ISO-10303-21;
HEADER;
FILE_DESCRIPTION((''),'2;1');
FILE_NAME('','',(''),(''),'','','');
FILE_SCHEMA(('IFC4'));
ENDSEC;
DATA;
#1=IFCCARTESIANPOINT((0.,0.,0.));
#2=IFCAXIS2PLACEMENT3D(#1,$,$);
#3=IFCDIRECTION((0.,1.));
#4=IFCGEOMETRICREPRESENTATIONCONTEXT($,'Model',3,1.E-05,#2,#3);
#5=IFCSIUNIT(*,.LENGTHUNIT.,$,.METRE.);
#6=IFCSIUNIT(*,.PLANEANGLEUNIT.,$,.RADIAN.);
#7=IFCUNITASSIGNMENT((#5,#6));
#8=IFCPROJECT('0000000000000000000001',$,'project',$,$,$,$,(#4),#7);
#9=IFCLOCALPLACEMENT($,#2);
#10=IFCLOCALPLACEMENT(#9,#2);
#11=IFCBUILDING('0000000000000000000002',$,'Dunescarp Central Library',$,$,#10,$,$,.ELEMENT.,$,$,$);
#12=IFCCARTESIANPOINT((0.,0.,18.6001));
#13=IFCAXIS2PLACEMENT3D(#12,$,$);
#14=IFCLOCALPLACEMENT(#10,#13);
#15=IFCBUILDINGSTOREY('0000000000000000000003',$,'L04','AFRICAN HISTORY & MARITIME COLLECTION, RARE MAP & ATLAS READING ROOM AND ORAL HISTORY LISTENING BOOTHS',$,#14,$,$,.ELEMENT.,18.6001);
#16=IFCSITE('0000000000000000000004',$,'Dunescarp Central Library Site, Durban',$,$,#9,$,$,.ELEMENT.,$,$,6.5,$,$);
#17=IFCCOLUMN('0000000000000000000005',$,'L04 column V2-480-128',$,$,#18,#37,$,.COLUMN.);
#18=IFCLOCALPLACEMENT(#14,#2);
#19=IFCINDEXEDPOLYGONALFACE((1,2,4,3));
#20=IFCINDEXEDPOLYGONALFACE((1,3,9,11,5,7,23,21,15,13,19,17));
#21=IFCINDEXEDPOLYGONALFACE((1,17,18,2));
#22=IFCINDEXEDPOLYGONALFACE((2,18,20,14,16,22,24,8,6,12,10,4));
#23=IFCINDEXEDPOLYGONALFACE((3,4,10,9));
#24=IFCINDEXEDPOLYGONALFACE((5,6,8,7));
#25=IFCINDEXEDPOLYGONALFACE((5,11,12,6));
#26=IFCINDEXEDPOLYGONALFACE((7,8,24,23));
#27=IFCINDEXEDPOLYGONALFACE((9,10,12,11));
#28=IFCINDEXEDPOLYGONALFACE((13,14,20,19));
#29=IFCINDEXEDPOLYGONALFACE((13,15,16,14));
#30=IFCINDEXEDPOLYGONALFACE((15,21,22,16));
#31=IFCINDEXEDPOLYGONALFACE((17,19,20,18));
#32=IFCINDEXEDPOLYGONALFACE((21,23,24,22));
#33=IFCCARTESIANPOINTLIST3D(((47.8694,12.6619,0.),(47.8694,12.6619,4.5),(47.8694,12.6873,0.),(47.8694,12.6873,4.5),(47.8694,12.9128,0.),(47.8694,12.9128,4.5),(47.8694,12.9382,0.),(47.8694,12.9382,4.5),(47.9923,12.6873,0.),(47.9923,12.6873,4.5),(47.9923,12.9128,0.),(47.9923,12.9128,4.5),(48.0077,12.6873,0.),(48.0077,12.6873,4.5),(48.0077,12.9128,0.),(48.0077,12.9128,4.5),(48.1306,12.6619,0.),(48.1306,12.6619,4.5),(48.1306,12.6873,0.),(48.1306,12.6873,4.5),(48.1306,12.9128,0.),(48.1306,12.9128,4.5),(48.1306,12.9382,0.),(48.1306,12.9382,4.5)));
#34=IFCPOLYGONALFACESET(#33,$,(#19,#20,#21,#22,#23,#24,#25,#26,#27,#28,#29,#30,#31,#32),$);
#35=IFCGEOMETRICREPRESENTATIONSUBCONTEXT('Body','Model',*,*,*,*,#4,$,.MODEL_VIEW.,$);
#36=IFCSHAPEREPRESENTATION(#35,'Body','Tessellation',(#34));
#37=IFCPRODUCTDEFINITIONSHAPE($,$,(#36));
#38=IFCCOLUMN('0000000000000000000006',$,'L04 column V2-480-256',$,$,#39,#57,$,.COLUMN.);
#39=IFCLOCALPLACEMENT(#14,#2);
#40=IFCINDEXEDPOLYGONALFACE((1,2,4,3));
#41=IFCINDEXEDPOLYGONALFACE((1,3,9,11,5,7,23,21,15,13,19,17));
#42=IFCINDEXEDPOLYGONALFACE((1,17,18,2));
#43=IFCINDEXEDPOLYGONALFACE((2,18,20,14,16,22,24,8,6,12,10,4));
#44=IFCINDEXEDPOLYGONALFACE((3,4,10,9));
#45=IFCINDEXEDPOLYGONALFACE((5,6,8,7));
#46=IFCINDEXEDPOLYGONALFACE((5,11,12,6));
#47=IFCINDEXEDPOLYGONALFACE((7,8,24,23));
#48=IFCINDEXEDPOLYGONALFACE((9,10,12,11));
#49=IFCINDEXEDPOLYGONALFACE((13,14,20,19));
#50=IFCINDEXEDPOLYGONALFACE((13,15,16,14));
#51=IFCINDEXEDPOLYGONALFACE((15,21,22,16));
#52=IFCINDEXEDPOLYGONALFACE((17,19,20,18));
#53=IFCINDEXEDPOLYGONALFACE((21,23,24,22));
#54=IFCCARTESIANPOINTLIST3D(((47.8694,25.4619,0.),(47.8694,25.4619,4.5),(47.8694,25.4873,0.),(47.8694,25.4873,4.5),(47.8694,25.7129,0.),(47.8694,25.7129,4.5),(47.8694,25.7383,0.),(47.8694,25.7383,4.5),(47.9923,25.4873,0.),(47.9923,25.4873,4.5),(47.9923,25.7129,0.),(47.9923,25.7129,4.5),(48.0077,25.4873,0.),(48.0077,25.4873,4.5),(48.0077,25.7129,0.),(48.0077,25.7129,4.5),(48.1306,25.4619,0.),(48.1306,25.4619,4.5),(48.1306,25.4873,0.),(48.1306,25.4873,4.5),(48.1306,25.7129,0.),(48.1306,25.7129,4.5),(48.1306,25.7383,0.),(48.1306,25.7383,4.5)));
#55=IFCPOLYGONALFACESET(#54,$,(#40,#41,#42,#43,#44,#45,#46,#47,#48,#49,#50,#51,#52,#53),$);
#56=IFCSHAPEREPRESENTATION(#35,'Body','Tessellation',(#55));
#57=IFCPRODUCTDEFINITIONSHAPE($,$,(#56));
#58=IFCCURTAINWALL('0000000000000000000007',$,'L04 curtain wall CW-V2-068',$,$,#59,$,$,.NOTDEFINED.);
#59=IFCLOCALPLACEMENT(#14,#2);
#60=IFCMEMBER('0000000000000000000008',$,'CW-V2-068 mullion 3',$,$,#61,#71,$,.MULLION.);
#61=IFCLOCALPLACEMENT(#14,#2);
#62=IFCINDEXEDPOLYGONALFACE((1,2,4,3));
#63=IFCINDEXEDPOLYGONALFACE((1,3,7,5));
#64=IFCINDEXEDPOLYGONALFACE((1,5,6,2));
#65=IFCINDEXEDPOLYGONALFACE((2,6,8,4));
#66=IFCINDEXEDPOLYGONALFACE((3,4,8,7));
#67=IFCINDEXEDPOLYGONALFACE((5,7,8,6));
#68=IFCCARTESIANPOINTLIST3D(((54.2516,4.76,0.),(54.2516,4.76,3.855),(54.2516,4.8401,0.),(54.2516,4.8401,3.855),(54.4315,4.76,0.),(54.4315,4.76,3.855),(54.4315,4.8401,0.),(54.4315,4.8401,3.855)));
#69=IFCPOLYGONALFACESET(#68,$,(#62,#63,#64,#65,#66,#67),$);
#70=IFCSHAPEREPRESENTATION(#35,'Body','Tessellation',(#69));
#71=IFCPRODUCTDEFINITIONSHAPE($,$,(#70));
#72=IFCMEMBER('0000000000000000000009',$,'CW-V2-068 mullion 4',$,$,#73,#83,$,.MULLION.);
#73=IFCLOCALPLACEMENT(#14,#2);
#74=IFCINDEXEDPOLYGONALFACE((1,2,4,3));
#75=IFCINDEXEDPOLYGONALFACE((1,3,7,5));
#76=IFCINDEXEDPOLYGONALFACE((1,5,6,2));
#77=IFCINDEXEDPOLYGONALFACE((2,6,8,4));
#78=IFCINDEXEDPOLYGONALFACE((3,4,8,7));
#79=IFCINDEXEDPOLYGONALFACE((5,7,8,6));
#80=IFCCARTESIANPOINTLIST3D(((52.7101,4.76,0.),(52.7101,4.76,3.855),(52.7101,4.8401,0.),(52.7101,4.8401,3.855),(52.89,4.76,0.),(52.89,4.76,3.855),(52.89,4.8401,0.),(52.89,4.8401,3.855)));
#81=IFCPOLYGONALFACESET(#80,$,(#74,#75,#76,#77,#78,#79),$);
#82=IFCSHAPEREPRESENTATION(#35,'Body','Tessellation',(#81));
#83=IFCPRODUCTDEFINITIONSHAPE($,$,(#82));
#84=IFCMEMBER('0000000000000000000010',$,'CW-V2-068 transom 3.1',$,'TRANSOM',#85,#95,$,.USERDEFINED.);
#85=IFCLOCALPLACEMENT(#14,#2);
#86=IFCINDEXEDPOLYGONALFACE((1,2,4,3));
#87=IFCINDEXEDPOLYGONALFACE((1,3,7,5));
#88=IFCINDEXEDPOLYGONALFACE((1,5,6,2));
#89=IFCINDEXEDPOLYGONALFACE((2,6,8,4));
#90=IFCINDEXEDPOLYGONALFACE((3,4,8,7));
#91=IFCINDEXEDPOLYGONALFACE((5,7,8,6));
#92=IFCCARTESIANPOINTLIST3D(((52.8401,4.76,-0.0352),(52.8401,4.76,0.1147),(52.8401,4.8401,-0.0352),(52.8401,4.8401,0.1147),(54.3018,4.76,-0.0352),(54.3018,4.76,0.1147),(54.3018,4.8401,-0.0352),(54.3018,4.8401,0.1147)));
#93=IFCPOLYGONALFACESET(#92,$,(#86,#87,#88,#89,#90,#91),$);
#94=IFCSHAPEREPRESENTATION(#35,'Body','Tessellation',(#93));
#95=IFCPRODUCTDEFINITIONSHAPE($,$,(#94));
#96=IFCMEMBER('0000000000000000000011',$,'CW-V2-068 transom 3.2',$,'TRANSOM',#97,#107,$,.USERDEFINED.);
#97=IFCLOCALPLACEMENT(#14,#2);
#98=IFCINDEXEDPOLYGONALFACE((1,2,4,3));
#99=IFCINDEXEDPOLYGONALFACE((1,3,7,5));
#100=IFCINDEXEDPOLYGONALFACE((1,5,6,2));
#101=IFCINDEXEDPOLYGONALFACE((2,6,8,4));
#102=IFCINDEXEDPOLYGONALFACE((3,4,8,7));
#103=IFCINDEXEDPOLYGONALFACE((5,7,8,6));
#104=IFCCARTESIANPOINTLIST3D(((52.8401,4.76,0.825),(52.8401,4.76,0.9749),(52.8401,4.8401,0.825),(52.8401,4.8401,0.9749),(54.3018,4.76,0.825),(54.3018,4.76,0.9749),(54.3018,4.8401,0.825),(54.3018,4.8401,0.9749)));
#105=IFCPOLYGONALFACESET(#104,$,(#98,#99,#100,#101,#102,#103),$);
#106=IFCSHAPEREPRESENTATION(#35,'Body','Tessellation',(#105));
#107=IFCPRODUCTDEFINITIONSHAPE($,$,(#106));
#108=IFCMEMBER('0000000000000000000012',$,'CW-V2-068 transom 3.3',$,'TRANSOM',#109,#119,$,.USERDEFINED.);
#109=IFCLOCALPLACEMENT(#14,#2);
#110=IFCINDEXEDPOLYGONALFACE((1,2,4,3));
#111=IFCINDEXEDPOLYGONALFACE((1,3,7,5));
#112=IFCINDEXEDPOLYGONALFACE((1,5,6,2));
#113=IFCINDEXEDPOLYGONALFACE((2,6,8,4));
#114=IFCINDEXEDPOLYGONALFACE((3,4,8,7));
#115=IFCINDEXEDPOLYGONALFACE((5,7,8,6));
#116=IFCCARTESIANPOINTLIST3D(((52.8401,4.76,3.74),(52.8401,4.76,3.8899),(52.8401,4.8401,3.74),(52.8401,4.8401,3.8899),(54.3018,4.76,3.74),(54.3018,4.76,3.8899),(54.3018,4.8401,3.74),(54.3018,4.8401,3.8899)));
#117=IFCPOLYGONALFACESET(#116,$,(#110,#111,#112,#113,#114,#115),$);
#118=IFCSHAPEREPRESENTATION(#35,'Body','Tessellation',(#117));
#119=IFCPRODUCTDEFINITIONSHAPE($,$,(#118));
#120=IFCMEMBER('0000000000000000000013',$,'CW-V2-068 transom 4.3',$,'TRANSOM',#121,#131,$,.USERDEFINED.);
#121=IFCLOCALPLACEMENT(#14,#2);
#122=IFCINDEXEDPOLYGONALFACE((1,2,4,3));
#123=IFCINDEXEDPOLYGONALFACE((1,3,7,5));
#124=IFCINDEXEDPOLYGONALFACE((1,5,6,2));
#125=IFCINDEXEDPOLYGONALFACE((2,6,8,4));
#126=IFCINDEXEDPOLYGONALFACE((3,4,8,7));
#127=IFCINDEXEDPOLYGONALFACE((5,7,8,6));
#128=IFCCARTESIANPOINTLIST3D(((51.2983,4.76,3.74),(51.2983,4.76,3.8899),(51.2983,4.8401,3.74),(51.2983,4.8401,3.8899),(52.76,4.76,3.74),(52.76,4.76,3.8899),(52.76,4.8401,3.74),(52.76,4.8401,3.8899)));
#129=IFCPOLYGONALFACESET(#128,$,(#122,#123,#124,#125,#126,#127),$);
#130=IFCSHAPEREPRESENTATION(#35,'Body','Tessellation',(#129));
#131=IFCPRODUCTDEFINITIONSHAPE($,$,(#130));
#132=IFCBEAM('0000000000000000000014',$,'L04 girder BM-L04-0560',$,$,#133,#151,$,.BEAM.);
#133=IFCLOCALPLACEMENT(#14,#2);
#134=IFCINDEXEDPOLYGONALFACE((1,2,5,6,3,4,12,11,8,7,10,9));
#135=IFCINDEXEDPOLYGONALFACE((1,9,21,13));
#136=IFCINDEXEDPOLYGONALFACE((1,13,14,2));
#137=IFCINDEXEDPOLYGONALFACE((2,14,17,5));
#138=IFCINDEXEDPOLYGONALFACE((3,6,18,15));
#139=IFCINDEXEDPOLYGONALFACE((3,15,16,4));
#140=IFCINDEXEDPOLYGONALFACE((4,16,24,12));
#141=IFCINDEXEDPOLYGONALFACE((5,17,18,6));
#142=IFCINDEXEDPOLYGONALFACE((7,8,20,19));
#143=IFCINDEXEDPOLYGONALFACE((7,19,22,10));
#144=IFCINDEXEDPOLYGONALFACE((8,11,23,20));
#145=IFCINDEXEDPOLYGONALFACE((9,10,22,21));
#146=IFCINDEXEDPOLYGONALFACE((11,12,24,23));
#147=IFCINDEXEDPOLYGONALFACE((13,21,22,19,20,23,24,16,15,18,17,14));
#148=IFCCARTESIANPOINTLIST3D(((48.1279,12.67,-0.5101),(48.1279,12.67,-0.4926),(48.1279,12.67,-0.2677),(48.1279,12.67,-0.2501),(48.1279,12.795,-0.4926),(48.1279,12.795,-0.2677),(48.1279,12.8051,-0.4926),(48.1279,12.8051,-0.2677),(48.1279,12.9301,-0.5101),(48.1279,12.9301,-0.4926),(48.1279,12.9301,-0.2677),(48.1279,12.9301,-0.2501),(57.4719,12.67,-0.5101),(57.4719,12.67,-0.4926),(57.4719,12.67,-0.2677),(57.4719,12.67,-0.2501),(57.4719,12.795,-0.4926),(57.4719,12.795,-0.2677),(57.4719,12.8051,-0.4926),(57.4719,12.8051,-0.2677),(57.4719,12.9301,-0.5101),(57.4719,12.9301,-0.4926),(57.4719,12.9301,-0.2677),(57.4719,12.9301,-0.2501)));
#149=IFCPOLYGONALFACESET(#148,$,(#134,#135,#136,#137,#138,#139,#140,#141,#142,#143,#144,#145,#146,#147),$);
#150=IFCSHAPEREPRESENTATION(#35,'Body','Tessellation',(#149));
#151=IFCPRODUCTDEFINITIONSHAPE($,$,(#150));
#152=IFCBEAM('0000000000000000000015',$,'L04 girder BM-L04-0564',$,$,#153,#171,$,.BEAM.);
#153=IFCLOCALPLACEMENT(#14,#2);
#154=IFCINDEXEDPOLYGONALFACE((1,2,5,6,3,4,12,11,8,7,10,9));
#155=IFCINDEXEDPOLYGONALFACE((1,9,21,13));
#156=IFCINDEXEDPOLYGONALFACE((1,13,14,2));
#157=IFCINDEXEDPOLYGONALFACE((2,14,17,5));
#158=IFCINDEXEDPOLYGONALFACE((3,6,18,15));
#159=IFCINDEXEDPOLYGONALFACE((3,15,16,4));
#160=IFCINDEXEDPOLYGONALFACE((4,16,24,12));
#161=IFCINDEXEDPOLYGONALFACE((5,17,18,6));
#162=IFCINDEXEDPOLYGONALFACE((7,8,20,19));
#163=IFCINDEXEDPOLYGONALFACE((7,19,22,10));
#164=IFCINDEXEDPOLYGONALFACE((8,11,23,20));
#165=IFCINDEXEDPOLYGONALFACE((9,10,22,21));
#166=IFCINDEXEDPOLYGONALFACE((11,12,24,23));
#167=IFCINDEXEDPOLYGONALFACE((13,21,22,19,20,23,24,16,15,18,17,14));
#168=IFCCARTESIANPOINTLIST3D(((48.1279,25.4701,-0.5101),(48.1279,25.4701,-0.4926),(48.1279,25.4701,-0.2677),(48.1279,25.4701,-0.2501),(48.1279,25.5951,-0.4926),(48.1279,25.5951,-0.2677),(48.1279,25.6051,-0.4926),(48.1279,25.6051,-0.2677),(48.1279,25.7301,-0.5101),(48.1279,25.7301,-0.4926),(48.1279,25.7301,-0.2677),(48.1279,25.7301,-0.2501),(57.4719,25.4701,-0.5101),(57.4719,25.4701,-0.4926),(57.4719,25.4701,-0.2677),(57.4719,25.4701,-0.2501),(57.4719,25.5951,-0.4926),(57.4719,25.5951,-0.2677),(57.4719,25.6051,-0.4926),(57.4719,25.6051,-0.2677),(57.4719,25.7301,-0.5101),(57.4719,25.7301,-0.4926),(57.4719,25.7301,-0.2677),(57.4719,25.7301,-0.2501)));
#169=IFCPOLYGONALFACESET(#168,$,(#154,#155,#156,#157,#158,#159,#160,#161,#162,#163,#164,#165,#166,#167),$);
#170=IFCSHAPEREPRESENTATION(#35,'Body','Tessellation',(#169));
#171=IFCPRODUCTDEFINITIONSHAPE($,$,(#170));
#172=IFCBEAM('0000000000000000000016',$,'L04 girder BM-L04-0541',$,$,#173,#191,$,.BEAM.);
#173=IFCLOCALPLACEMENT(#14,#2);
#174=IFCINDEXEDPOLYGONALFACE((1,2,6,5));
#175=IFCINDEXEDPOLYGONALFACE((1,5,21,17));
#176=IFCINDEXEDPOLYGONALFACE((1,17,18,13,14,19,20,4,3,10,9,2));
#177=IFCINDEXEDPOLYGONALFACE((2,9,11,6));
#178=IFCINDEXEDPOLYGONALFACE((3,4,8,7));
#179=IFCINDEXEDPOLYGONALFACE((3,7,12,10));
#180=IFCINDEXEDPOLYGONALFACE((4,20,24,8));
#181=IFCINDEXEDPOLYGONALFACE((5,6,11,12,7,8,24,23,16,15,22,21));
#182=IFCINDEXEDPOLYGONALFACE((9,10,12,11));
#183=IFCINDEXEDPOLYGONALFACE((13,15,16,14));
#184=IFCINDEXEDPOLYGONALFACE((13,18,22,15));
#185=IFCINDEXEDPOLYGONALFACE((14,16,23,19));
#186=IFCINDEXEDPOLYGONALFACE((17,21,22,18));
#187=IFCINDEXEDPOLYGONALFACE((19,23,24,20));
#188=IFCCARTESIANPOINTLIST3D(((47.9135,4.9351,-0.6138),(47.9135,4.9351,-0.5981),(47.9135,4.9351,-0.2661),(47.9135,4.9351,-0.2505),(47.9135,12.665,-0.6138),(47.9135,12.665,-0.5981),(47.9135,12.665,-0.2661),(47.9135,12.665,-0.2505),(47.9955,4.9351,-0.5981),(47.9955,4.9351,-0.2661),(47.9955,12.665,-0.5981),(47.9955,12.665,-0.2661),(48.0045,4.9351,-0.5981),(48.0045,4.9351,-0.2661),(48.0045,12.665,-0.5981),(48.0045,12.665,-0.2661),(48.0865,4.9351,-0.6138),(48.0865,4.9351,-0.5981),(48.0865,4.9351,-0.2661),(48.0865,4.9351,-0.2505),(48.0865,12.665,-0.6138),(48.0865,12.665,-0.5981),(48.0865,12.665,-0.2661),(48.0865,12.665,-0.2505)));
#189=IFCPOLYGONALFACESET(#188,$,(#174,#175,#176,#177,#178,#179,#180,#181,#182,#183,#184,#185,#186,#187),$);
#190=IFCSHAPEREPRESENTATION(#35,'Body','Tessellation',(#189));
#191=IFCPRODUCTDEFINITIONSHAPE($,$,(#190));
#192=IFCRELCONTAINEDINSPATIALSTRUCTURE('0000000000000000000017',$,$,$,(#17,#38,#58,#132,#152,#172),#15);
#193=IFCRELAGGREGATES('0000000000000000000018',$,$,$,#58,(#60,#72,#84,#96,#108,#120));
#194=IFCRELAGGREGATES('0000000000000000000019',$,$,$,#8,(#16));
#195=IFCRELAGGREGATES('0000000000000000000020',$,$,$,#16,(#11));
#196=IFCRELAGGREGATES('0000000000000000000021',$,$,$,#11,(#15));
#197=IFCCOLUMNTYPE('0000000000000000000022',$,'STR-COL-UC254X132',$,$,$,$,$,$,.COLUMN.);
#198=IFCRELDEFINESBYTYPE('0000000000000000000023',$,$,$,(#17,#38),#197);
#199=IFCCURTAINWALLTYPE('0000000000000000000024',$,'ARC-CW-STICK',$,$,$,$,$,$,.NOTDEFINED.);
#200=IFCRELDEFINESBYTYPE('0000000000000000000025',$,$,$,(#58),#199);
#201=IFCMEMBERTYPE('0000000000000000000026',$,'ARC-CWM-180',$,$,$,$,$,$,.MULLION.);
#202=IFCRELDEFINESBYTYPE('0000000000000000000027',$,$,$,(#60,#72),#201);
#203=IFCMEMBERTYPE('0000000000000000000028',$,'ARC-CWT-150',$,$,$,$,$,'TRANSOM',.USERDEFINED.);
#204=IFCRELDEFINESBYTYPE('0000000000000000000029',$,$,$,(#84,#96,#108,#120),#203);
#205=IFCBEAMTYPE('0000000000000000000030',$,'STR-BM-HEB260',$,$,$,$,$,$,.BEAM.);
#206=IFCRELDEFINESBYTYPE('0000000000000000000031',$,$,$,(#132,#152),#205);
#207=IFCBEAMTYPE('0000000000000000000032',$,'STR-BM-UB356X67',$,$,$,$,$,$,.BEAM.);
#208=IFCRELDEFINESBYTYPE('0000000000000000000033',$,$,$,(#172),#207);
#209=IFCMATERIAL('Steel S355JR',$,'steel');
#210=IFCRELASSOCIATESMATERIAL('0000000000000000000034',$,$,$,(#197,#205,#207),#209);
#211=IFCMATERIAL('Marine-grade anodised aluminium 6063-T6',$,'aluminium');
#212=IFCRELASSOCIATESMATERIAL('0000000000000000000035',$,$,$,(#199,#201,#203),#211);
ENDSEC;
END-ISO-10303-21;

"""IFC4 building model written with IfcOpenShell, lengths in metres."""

from ifc_helpers import new_model, si_unit, direction, frame, origin, origin_2d, place, context, subcontext, project, spatial, rectangle, i_section, extrude, material, material_profile, profile_set, type_object, element, aggregate, save


model = new_model("IFC4")

# Units and contexts
model_context = context("Model", 3, precision=1e-05, world=origin(), true_north=direction((0.0, 1.0)))
body_context = subcontext(model_context, "Body", "Model", "MODEL_VIEW")
ifc_project = project(units=[si_unit("LENGTHUNIT", "METRE"), si_unit("PLANEANGLEUNIT", "RADIAN")], contexts=[model_context])

# Site, building, storey
site_placement = place(None, origin())
site = spatial("IfcSite", under=ifc_project, at=site_placement, Name="Dunescarp Central Library Site, Durban", CompositionType="ELEMENT", RefElevation=6.5)
building_placement = place(site_placement, origin())
building = spatial("IfcBuilding", under=site, at=building_placement, Name="Dunescarp Central Library", CompositionType="ELEMENT")
storey_placement = place(building_placement, frame((0.0, 0.0, 18.6001)))
storey = spatial("IfcBuildingStorey", under=building, at=storey_placement, Name="L04", Description="AFRICAN HISTORY & MARITIME COLLECTION, RARE MAP & ATLAS READING ROOM AND ORAL HISTORY LISTENING BOOTHS", CompositionType="ELEMENT", Elevation=18.6001)

# Columns
ifc_material_1 = material(Name="Steel S355JR", Category="steel")
ifc_material_profile_1 = material_profile(ifc_material_1, i_section(OverallWidth=0.2612, OverallDepth=0.2764, WebThickness=0.0154, FlangeThickness=0.0254, at=origin_2d()), Name="UC 254x254x132")
ifc_profile_set_1 = profile_set([ifc_material_profile_1], Name="Steel S355JR")
column_type = type_object("IfcColumnType", Name="STR-COL-UC254X132", PredefinedType="COLUMN", material=ifc_profile_set_1)
for number, where, z_axis, x_axis, name in (
    (1, (48.0, 12.8, 0.0), (0.0, 0.0, 1.0), (1.0, 0.0, 0.0), "L04 column V2-480-128"),
    (2, (48.0, 25.6001, 0.0), (0.0, 0.0, 1.0), (1.0, 0.0, 0.0), "L04 column V2-480-256"),
):
    element("IfcColumn", number, at=place(storey_placement, frame(where, z_axis=z_axis, x_axis=x_axis)), inside=storey, type_object=column_type, Name=name, PredefinedType="COLUMN", context=body_context, shape_type="SweptSolid", body=[
        extrude(i_section(OverallWidth=0.2612, OverallDepth=0.2764, WebThickness=0.0154, FlangeThickness=0.0254, at=origin_2d()), origin(), (0.0, 0.0, 1.0), 4.5),
    ])

# Curtain wall, members
ifc_material_2 = material(Name="Marine-grade anodised aluminium 6063-T6", Category="aluminium")
curtain_wall_type = type_object("IfcCurtainWallType", Name="ARC-CW-STICK", PredefinedType="NOTDEFINED", material=ifc_material_2)
curtain_wall_placement = place(storey_placement, origin())
curtain_wall = element("IfcCurtainWall", 3, at=curtain_wall_placement, inside=storey, type_object=curtain_wall_type, Name="L04 curtain wall CW-V2-068", PredefinedType="NOTDEFINED")
ifc_material_profile_2 = material_profile(ifc_material_2, rectangle(XDim=0.0801, YDim=0.1799, at=origin_2d()), Name="AL 80x180")
ifc_profile_set_2 = profile_set([ifc_material_profile_2], Name="Marine-grade anodised aluminium 6063-T6")
member_type_1 = type_object("IfcMemberType", Name="ARC-CWM-180", PredefinedType="MULLION", material=ifc_profile_set_2)
member_1_placement = place(storey_placement, frame((54.3416, 4.8, 0.0), z_axis=(0.0, 0.0, 1.0), x_axis=(0.0, -1.0, 0.0)))
member_1 = element("IfcMember", 4, at=member_1_placement, type_object=member_type_1, Name="CW-V2-068 mullion 3", PredefinedType="MULLION", context=body_context, shape_type="SweptSolid", body=[
    extrude(rectangle(XDim=0.0801, YDim=0.1799, at=origin_2d()), origin(), (0.0, 0.0, 1.0), 3.855),
])
member_2_placement = place(storey_placement, frame((52.8, 4.8, 0.0), z_axis=(0.0, 0.0, 1.0), x_axis=(0.0, -1.0, 0.0)))
member_2 = element("IfcMember", 5, at=member_2_placement, type_object=member_type_1, Name="CW-V2-068 mullion 4", PredefinedType="MULLION", context=body_context, shape_type="SweptSolid", body=[
    extrude(rectangle(XDim=0.0801, YDim=0.1799, at=origin_2d()), origin(), (0.0, 0.0, 1.0), 3.855),
])
ifc_material_profile_3 = material_profile(ifc_material_2, rectangle(XDim=0.0801, YDim=0.1499, at=origin_2d()), Name="AL 80x150")
ifc_profile_set_3 = profile_set([ifc_material_profile_3], Name="Marine-grade anodised aluminium 6063-T6")
member_type_2 = type_object("IfcMemberType", Name="ARC-CWT-150", ElementType="TRANSOM", PredefinedType="USERDEFINED", material=ifc_profile_set_3)
member_3_placement = place(storey_placement, frame((54.3018, 4.8, 0.0398), z_axis=(-1.0, 0.0, 0.0), x_axis=(0.0, -1.0, 0.0)))
member_3 = element("IfcMember", 6, at=member_3_placement, type_object=member_type_2, Name="CW-V2-068 transom 3.1", ObjectType="TRANSOM", PredefinedType="USERDEFINED", context=body_context, shape_type="SweptSolid", body=[
    extrude(rectangle(XDim=0.0801, YDim=0.1499, at=origin_2d()), origin(), (0.0, 0.0, 1.0), 1.4617),
])
member_4_placement = place(storey_placement, frame((54.3018, 4.8, 0.8999), z_axis=(-1.0, 0.0, 0.0), x_axis=(0.0, -1.0, 0.0)))
member_4 = element("IfcMember", 7, at=member_4_placement, type_object=member_type_2, Name="CW-V2-068 transom 3.2", ObjectType="TRANSOM", PredefinedType="USERDEFINED", context=body_context, shape_type="SweptSolid", body=[
    extrude(rectangle(XDim=0.0801, YDim=0.1499, at=origin_2d()), origin(), (0.0, 0.0, 1.0), 1.4617),
])
member_5_placement = place(storey_placement, frame((54.3018, 4.8, 3.8149), z_axis=(-1.0, 0.0, 0.0), x_axis=(0.0, -1.0, 0.0)))
member_5 = element("IfcMember", 8, at=member_5_placement, type_object=member_type_2, Name="CW-V2-068 transom 3.3", ObjectType="TRANSOM", PredefinedType="USERDEFINED", context=body_context, shape_type="SweptSolid", body=[
    extrude(rectangle(XDim=0.0801, YDim=0.1499, at=origin_2d()), origin(), (0.0, 0.0, 1.0), 1.4617),
])
member_6_placement = place(storey_placement, frame((52.76, 4.8, 3.8149), z_axis=(-1.0, 0.0, 0.0), x_axis=(0.0, -1.0, 0.0)))
member_6 = element("IfcMember", 9, at=member_6_placement, type_object=member_type_2, Name="CW-V2-068 transom 4.3", ObjectType="TRANSOM", PredefinedType="USERDEFINED", context=body_context, shape_type="SweptSolid", body=[
    extrude(rectangle(XDim=0.0801, YDim=0.1499, at=origin_2d()), origin(), (0.0, 0.0, 1.0), 1.4617),
])

# Beams
ifc_material_profile_4 = material_profile(ifc_material_1, i_section(OverallWidth=0.26, OverallDepth=0.26, WebThickness=0.01, FlangeThickness=0.0176, at=origin_2d()), Name="HEB 260")
ifc_profile_set_4 = profile_set([ifc_material_profile_4], Name="Steel S355JR")
beam_type_1 = type_object("IfcBeamType", Name="STR-BM-HEB260", PredefinedType="BEAM", material=ifc_profile_set_4)
for number, where, z_axis, x_axis, name in (
    (10, (48.1279, 12.8, -0.3801), (1.0, 0.0, 0.0), (0.0, 1.0, 0.0), "L04 girder BM-L04-0560"),
    (11, (48.1279, 25.6001, -0.3801), (1.0, 0.0, 0.0), (0.0, 1.0, 0.0), "L04 girder BM-L04-0564"),
):
    element("IfcBeam", number, at=place(storey_placement, frame(where, z_axis=z_axis, x_axis=x_axis)), inside=storey, type_object=beam_type_1, Name=name, PredefinedType="BEAM", context=body_context, shape_type="SweptSolid", body=[
        extrude(i_section(OverallWidth=0.26, OverallDepth=0.26, WebThickness=0.01, FlangeThickness=0.0176, at=origin_2d()), origin(), (0.0, 0.0, 1.0), 9.344),
    ])
ifc_material_profile_5 = material_profile(ifc_material_1, i_section(OverallWidth=0.1731, OverallDepth=0.3633, WebThickness=0.009, FlangeThickness=0.0156, at=origin_2d()), Name="UB 356x171x67")
ifc_profile_set_5 = profile_set([ifc_material_profile_5], Name="Steel S355JR")
beam_type_2 = type_object("IfcBeamType", Name="STR-BM-UB356X67", PredefinedType="BEAM", material=ifc_profile_set_5)
beam_1_placement = place(storey_placement, frame((48.0, 4.9351, -0.4321), z_axis=(0.0, 1.0, 0.0), x_axis=(-1.0, 0.0, 0.0)))
element("IfcBeam", 12, at=beam_1_placement, inside=storey, type_object=beam_type_2, Name="L04 girder BM-L04-0541", PredefinedType="BEAM", context=body_context, shape_type="SweptSolid", body=[
    extrude(i_section(OverallWidth=0.1731, OverallDepth=0.3633, WebThickness=0.009, FlangeThickness=0.0156, at=origin_2d()), origin(), (0.0, 0.0, 1.0), 7.73),
])

aggregate(curtain_wall, [member_1, member_2, member_3, member_4, member_5, member_6])

save(model, "model.ifc")
